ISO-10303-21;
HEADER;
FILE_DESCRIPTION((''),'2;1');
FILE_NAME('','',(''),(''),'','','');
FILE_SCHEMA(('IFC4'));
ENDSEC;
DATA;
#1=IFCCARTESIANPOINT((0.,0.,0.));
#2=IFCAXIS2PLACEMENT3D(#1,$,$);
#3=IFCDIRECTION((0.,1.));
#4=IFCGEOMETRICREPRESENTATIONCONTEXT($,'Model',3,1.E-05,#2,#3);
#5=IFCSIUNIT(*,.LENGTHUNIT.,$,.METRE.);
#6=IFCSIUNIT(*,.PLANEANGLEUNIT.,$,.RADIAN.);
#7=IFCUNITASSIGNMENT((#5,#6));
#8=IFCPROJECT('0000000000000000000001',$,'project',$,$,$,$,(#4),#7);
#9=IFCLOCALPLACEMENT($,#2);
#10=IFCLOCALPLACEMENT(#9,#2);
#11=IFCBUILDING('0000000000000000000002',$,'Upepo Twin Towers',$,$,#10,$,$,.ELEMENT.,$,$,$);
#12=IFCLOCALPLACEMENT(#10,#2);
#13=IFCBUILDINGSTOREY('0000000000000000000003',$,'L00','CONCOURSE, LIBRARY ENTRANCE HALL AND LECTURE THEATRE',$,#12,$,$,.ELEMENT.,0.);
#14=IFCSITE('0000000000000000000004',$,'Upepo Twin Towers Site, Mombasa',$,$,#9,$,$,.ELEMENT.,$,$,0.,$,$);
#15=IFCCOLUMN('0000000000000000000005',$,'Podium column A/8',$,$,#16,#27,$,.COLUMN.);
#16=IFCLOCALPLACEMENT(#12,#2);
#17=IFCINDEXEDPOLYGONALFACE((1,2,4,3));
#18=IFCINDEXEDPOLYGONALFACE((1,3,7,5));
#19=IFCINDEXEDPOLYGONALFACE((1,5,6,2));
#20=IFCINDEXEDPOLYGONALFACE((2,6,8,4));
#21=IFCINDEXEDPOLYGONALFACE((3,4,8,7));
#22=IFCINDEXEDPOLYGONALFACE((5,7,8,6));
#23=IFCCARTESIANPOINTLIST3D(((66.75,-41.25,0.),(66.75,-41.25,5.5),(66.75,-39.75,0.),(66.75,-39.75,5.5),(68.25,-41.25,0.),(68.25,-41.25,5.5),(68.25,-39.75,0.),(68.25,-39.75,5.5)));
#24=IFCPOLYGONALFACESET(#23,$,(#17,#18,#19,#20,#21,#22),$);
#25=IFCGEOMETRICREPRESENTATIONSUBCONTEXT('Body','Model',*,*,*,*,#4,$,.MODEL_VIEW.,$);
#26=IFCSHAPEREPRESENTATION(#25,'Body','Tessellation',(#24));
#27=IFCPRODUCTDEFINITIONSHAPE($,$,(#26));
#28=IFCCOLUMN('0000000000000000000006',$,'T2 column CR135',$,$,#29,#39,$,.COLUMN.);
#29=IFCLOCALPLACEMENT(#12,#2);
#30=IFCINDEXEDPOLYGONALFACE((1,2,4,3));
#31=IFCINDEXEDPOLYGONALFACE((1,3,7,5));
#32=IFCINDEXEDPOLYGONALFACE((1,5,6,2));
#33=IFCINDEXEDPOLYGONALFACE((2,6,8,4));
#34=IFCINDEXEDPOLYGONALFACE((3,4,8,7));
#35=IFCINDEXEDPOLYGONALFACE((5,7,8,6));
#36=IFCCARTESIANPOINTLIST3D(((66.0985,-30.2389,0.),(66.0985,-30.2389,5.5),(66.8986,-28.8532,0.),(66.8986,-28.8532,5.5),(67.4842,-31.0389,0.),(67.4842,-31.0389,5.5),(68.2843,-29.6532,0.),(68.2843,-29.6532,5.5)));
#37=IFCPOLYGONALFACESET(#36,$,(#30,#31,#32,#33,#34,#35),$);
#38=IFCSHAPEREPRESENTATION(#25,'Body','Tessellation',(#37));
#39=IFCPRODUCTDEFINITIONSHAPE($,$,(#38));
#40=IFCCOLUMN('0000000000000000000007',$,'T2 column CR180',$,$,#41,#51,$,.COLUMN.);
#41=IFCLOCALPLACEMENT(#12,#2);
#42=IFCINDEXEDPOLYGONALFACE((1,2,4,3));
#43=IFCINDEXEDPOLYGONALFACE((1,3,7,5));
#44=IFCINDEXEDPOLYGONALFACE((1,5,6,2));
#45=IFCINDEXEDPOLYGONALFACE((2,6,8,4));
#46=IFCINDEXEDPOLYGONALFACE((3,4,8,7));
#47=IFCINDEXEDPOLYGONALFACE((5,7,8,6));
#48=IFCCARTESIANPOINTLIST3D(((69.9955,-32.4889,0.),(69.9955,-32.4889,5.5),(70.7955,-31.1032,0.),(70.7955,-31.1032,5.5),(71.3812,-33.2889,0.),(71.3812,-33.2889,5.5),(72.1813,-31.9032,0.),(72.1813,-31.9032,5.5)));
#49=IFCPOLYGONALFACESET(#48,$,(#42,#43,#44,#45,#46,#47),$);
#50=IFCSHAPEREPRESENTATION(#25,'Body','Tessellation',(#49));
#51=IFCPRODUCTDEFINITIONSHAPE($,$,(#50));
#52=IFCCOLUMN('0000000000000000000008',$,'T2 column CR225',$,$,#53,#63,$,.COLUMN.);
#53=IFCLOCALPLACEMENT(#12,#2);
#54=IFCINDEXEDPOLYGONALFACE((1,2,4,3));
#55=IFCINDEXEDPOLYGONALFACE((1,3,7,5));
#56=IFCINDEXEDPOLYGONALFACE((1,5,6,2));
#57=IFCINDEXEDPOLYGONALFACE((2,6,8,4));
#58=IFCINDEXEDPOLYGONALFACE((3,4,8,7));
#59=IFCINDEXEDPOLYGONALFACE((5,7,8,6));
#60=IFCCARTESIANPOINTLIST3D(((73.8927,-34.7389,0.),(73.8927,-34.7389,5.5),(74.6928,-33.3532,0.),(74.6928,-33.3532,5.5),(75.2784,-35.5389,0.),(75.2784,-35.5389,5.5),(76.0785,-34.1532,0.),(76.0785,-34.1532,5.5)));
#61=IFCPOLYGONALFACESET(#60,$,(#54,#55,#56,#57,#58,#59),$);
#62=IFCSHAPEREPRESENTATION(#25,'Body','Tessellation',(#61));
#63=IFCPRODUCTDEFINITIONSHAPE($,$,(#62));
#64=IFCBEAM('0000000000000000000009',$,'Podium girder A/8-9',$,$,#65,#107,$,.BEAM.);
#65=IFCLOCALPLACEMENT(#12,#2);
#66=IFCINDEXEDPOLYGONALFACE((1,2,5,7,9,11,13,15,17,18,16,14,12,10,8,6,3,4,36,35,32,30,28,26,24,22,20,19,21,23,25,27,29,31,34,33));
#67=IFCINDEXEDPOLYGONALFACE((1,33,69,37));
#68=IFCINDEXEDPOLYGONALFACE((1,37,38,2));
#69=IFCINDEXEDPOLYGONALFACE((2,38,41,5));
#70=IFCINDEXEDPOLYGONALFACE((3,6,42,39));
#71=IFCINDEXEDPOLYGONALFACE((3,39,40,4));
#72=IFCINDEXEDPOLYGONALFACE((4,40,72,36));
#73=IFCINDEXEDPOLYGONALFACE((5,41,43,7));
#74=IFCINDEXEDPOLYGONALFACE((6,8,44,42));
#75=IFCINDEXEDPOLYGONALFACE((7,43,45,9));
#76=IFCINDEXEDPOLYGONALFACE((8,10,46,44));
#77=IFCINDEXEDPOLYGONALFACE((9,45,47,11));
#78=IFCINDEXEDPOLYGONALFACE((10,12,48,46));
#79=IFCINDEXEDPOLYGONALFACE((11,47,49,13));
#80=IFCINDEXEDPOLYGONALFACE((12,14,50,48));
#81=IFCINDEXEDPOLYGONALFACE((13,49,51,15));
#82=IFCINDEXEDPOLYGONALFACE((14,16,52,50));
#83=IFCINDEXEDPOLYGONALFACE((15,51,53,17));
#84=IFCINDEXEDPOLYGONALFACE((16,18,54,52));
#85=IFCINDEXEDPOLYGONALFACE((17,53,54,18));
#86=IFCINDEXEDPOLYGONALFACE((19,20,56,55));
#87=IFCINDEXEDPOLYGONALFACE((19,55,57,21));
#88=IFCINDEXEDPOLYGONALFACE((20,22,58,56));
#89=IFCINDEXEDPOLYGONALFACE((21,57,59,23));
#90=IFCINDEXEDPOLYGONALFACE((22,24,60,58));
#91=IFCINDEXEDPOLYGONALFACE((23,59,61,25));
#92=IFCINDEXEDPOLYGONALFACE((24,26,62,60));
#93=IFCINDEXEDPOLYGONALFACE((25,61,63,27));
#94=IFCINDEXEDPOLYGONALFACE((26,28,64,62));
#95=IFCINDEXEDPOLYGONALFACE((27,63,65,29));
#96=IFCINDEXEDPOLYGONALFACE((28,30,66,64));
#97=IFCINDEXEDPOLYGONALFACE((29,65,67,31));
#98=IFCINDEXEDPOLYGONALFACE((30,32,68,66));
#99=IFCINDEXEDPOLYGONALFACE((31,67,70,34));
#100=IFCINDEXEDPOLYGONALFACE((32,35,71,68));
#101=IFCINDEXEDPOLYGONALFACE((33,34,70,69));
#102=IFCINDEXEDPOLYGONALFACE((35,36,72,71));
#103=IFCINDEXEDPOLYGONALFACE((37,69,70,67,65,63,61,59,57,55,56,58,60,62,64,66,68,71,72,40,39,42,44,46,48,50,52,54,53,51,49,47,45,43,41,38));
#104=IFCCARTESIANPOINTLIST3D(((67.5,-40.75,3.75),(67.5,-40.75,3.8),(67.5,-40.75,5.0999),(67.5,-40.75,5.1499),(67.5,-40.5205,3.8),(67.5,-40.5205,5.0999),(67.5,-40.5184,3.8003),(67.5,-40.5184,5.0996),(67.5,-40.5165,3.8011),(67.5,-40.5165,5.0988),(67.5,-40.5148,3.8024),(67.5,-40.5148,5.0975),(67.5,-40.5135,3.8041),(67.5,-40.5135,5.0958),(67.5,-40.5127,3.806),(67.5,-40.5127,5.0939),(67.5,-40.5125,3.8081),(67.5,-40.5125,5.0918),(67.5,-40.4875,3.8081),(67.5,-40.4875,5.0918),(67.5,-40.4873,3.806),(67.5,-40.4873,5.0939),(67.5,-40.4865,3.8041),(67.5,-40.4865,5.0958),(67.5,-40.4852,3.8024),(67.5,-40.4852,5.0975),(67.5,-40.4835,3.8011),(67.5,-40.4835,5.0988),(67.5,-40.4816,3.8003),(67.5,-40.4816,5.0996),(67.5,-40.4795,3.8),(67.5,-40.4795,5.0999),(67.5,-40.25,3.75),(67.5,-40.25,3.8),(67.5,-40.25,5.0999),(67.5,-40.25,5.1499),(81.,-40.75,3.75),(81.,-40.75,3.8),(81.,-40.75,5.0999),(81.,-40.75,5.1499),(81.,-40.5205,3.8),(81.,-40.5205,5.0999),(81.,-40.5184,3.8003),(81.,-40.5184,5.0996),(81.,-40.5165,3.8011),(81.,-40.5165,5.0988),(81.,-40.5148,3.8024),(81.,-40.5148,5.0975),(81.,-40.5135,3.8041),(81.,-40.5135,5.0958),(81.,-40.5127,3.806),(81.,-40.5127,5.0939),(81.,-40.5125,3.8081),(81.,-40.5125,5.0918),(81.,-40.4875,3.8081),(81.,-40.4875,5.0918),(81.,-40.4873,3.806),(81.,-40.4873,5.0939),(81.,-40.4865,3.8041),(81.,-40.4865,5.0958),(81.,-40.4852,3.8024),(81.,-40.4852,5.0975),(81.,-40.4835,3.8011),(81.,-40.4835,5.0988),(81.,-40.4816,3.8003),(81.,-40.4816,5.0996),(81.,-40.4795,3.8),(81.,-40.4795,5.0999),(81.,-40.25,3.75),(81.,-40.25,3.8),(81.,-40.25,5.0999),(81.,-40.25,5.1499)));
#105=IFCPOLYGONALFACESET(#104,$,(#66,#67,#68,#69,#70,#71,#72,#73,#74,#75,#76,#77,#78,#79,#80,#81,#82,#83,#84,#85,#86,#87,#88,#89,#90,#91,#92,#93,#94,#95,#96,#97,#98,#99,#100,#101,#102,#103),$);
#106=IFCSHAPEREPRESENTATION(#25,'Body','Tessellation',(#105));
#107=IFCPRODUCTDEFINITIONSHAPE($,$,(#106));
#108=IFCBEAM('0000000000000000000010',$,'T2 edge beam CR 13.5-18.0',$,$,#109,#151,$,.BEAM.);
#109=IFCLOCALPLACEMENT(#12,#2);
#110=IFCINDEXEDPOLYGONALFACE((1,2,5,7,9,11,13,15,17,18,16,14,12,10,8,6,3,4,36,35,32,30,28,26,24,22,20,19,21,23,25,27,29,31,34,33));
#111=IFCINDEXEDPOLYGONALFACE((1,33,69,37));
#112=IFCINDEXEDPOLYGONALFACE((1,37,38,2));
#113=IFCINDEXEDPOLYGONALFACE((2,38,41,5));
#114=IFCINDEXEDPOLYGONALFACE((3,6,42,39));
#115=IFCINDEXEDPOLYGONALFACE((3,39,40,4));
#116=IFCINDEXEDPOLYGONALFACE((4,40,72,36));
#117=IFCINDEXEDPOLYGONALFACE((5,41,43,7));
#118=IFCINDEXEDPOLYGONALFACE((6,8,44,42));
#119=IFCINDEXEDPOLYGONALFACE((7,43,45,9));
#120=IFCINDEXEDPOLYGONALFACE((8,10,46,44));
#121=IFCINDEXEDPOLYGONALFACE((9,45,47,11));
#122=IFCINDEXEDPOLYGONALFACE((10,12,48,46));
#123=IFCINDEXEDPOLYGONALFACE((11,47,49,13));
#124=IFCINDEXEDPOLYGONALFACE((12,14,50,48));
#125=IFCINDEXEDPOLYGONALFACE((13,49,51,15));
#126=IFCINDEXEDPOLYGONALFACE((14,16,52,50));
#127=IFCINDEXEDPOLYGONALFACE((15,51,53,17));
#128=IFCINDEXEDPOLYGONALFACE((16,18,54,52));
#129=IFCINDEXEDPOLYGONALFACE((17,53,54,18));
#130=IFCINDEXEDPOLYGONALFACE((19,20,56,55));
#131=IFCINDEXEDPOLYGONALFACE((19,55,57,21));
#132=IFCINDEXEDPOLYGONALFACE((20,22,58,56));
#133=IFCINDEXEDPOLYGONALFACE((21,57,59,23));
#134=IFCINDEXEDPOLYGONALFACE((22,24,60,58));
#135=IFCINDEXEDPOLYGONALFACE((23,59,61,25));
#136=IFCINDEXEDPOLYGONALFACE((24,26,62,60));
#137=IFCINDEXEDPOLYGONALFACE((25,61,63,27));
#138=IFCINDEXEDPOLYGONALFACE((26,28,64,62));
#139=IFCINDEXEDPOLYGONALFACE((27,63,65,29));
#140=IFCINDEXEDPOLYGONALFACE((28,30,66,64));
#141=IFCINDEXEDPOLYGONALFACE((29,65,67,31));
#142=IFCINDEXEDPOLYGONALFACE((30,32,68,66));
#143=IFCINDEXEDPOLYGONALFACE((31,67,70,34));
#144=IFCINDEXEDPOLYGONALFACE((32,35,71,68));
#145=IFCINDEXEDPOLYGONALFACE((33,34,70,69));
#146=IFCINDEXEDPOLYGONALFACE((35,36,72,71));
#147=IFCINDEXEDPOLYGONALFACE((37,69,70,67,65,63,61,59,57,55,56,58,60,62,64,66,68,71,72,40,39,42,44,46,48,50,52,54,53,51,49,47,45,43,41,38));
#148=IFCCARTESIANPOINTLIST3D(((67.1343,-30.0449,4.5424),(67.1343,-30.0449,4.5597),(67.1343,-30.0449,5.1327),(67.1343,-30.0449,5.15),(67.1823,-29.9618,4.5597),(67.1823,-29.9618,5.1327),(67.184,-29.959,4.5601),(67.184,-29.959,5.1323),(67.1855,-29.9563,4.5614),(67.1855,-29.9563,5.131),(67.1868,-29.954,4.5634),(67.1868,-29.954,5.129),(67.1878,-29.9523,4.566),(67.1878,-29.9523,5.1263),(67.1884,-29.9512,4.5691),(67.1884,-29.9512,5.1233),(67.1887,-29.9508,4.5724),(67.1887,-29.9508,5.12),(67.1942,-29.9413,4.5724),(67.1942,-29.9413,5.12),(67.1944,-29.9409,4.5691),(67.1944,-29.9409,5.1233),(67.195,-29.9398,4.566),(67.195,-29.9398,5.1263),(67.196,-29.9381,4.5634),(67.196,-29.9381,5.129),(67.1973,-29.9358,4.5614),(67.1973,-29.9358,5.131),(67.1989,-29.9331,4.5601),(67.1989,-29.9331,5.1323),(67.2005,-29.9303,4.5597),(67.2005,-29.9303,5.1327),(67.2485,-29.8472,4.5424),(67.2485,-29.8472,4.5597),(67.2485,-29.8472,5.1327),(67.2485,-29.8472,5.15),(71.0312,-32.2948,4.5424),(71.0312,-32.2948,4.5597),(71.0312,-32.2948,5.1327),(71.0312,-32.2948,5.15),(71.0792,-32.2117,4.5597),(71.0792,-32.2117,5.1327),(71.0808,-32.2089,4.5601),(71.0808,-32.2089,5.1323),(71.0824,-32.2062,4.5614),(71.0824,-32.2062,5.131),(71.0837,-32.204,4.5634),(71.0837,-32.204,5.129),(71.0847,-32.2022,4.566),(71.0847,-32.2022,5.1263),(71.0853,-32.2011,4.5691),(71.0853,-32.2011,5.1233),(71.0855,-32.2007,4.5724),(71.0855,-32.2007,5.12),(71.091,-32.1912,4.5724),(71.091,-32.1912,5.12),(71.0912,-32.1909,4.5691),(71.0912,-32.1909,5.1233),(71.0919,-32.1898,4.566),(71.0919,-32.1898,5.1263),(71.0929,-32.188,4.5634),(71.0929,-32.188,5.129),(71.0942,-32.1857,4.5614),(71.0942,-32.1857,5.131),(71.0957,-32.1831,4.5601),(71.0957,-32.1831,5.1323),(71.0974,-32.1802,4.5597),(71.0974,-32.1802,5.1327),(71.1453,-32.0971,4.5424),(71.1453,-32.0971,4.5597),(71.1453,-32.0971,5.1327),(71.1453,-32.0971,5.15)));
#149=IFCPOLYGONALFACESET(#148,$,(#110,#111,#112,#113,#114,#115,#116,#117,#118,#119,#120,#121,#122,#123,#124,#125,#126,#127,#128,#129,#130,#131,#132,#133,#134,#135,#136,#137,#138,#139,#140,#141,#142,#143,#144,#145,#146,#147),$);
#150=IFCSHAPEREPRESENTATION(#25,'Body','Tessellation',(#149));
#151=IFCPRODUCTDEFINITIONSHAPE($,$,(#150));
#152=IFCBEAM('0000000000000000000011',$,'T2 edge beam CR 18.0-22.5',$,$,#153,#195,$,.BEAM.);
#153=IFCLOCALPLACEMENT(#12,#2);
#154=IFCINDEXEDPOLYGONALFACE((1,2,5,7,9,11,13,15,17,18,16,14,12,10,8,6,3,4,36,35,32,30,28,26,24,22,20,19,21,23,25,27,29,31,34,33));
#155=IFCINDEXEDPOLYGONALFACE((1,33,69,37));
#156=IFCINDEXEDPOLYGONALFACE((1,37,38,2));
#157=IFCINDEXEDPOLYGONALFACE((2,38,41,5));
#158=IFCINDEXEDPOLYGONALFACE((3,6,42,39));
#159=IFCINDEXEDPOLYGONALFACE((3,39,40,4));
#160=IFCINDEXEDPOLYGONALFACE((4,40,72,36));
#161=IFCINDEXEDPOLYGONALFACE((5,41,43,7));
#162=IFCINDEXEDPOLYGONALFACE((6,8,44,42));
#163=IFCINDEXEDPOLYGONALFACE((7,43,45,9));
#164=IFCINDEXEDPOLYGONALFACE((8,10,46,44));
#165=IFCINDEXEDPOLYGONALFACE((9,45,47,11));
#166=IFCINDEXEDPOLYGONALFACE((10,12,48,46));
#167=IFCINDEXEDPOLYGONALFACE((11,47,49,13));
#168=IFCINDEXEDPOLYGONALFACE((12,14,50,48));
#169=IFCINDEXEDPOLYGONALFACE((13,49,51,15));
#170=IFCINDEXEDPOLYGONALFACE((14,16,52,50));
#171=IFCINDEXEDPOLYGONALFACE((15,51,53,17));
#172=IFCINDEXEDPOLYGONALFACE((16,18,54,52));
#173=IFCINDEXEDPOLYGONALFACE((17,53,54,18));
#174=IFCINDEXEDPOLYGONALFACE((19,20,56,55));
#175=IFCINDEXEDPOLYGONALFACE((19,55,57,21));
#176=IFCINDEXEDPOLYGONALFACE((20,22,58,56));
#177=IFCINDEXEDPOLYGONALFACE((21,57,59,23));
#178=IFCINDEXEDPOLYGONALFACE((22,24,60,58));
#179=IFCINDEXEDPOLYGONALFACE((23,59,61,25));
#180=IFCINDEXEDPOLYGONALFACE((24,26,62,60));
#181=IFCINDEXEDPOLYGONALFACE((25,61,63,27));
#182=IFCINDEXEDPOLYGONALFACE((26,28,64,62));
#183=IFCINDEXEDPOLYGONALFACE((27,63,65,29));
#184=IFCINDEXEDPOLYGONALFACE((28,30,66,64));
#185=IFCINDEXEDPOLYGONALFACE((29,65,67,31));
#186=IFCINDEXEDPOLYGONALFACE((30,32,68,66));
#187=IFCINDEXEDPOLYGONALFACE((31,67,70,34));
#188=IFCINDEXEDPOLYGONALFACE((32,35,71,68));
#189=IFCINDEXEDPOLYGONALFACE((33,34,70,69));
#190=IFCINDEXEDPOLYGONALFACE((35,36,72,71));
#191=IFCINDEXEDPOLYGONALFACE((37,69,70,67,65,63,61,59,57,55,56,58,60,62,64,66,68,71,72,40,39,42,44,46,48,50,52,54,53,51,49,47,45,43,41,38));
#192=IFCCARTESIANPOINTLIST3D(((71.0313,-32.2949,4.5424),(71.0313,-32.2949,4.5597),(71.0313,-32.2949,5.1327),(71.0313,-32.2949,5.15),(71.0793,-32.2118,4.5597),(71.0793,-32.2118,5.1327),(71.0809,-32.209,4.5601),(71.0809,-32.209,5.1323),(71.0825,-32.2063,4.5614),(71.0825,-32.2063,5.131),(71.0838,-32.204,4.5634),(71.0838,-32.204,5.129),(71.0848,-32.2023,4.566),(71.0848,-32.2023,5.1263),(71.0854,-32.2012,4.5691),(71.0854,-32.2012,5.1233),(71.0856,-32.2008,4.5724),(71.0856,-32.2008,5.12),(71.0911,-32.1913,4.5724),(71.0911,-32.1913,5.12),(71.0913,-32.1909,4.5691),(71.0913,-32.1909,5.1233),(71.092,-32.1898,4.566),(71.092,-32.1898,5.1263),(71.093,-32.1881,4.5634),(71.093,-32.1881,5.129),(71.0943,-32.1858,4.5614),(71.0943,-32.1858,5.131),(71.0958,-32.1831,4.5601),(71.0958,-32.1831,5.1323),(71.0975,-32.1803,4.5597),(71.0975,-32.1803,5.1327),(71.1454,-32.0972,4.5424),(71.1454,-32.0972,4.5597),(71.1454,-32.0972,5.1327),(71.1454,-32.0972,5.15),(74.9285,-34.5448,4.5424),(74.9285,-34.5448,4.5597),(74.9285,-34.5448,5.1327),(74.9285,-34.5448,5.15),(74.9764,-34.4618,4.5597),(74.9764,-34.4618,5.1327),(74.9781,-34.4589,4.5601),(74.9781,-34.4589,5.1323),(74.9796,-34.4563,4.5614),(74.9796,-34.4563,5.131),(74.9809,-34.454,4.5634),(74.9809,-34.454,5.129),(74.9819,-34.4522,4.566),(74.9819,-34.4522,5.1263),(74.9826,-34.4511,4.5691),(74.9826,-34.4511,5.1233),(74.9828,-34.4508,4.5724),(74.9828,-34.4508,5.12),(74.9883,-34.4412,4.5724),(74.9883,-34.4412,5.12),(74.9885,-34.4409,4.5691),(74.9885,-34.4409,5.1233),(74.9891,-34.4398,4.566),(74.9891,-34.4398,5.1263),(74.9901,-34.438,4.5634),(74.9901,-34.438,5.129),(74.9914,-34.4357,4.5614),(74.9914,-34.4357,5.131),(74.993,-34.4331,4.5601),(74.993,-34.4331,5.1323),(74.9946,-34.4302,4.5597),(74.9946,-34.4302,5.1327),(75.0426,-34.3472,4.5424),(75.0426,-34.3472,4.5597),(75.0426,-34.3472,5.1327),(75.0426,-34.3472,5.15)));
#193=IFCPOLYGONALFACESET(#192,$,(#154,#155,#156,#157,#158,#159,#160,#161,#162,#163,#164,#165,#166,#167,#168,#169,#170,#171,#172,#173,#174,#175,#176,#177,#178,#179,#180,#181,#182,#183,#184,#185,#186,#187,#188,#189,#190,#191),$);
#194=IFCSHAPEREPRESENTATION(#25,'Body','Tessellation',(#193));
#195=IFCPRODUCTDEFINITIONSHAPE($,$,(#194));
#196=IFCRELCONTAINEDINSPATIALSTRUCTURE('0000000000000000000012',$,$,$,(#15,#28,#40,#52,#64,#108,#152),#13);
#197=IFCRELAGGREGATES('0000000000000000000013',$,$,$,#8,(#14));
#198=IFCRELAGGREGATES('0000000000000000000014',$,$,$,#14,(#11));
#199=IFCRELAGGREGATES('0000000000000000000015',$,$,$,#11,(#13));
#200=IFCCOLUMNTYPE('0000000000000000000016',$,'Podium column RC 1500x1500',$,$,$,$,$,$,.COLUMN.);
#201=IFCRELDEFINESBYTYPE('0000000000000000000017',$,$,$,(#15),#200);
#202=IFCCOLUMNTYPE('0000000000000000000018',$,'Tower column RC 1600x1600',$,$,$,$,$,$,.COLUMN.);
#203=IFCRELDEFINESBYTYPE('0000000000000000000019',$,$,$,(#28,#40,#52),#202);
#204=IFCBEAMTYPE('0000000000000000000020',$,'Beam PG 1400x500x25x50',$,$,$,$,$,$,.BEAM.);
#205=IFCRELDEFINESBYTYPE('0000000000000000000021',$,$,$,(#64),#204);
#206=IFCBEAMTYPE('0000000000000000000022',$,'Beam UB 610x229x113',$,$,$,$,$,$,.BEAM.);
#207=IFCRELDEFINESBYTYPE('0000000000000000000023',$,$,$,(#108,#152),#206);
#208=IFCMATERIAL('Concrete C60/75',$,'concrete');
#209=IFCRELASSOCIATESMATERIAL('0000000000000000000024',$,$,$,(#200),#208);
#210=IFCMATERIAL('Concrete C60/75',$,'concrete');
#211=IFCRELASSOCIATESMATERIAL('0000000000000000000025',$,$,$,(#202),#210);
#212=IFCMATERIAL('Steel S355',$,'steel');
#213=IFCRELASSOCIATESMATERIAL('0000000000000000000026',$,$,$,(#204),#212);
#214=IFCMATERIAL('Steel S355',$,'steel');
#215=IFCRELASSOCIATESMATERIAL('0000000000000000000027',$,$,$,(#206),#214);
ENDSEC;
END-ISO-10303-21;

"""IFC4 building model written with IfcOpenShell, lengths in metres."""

from ifc_helpers import new_model, si_unit, direction, frame, origin, origin_2d, place, context, subcontext, project, spatial, rectangle, i_section, extrude, material, material_profile, profile_set, type_object, element, save


model = new_model("IFC4")

# Units and contexts
model_context = context("Model", 3, precision=1e-05, world=origin(), true_north=direction((0.0, 1.0)))
body_context = subcontext(model_context, "Body", "Model", "MODEL_VIEW")
ifc_project = project(units=[si_unit("LENGTHUNIT", "METRE"), si_unit("PLANEANGLEUNIT", "RADIAN")], contexts=[model_context])

# Site, building, storey
site_placement = place(None, origin())
site = spatial("IfcSite", under=ifc_project, at=site_placement, Name="Upepo Twin Towers Site, Mombasa", CompositionType="ELEMENT", RefElevation=0.0)
building_placement = place(site_placement, origin())
building = spatial("IfcBuilding", under=site, at=building_placement, Name="Upepo Twin Towers", CompositionType="ELEMENT")
storey_placement = place(building_placement, origin())
storey = spatial("IfcBuildingStorey", under=building, at=storey_placement, Name="L00", Description="CONCOURSE, LIBRARY ENTRANCE HALL AND LECTURE THEATRE", CompositionType="ELEMENT", Elevation=0.0)

# Columns
ifc_material_1 = material(Name="Concrete C60/75", Category="concrete")
ifc_material_profile_1 = material_profile(ifc_material_1, rectangle(XDim=1.5, YDim=1.5, at=origin_2d()), Name="RC 1500x1500")
ifc_profile_set_1 = profile_set([ifc_material_profile_1], Name="Concrete C60/75")
column_type_1 = type_object("IfcColumnType", Name="Podium column RC 1500x1500", PredefinedType="COLUMN", material=ifc_profile_set_1)
column_placement = place(storey_placement, frame((67.5, -40.5, 0.0), z_axis=(0.0, 0.0, 1.0), x_axis=(1.0, 0.0, 0.0)))
element("IfcColumn", 1, at=column_placement, inside=storey, type_object=column_type_1, Name="Podium column A/8", PredefinedType="COLUMN", context=body_context, shape_type="SweptSolid", body=[
    extrude(rectangle(XDim=1.5, YDim=1.5, at=origin_2d()), origin(), (0.0, 0.0, 1.0), 5.5),
])
ifc_material_2 = material(Name="Concrete C60/75", Category="concrete")
ifc_material_profile_2 = material_profile(ifc_material_2, rectangle(XDim=1.6001, YDim=1.6001, at=origin_2d()), Name="RC 1600x1600")
ifc_profile_set_2 = profile_set([ifc_material_profile_2], Name="Concrete C60/75")
column_type_2 = type_object("IfcColumnType", Name="Tower column RC 1600x1600", PredefinedType="COLUMN", material=ifc_profile_set_2)
for number, where, z_axis, x_axis, name in (
    (2, (67.1914, -29.946, 0.0), (0.0, 0.0, 1.0), (0.5, 0.866025, 0.0), "T2 column CR135"),
    (3, (71.0884, -32.196, 0.0), (0.0, 0.0, 1.0), (0.5, 0.866025, 0.0), "T2 column CR180"),
    (4, (74.9856, -34.446, 0.0), (0.0, 0.0, 1.0), (0.5, 0.866025, 0.0), "T2 column CR225"),
):
    element("IfcColumn", number, at=place(storey_placement, frame(where, z_axis=z_axis, x_axis=x_axis)), inside=storey, type_object=column_type_2, Name=name, PredefinedType="COLUMN", context=body_context, shape_type="SweptSolid", body=[
        extrude(rectangle(XDim=1.6001, YDim=1.6001, at=origin_2d()), origin(), (0.0, 0.0, 1.0), 5.5),
    ])

# Beams
ifc_material_3 = material(Name="Steel S355", Category="steel")
ifc_material_profile_3 = material_profile(ifc_material_3, i_section(OverallWidth=0.5, OverallDepth=1.3999, WebThickness=0.0249, FlangeThickness=0.05, FilletRadius=0.0081, at=origin_2d()), Name="PG 1400x500x25x50")
ifc_profile_set_3 = profile_set([ifc_material_profile_3], Name="Steel S355")
beam_type_1 = type_object("IfcBeamType", Name="Beam PG 1400x500x25x50", PredefinedType="BEAM", material=ifc_profile_set_3)
beam_1_placement = place(storey_placement, frame((67.5, -40.5, 4.45), z_axis=(1.0, 0.0, 0.0), x_axis=(0.0, 1.0, 0.0)))
element("IfcBeam", 5, at=beam_1_placement, inside=storey, type_object=beam_type_1, Name="Podium girder A/8-9", PredefinedType="BEAM", context=body_context, shape_type="SweptSolid", body=[
    extrude(i_section(OverallWidth=0.5, OverallDepth=1.3999, WebThickness=0.0249, FlangeThickness=0.05, FilletRadius=0.0081, at=origin_2d()), origin(), (0.0, 0.0, 1.0), 13.5),
])
ifc_material_4 = material(Name="Steel S355", Category="steel")
ifc_material_profile_4 = material_profile(ifc_material_4, i_section(OverallWidth=0.2283, OverallDepth=0.6077, WebThickness=0.011, FlangeThickness=0.0173, FilletRadius=0.0127, at=origin_2d()), Name="UB 610x229x113")
ifc_profile_set_4 = profile_set([ifc_material_profile_4], Name="Steel S355")
beam_type_2 = type_object("IfcBeamType", Name="Beam UB 610x229x113", PredefinedType="BEAM", material=ifc_profile_set_4)
beam_2_placement = place(storey_placement, frame((67.1914, -29.946, 4.8462), z_axis=(0.866018, -0.500014, 0.0), x_axis=(0.500014, 0.866018, 0.0)))
element("IfcBeam", 6, at=beam_2_placement, inside=storey, type_object=beam_type_2, Name="T2 edge beam CR 13.5-18.0", PredefinedType="BEAM", context=body_context, shape_type="SweptSolid", body=[
    extrude(i_section(OverallWidth=0.2283, OverallDepth=0.6077, WebThickness=0.011, FlangeThickness=0.0173, FilletRadius=0.0127, at=origin_2d()), origin(), (0.0, 0.0, 1.0), 4.4998),
])
beam_3_placement = place(storey_placement, frame((71.0884, -32.196, 4.8462), z_axis=(0.866031, -0.49999, 0.0), x_axis=(0.49999, 0.866031, 0.0)))
element("IfcBeam", 7, at=beam_3_placement, inside=storey, type_object=beam_type_2, Name="T2 edge beam CR 18.0-22.5", PredefinedType="BEAM", context=body_context, shape_type="SweptSolid", body=[
    extrude(i_section(OverallWidth=0.2283, OverallDepth=0.6077, WebThickness=0.011, FlangeThickness=0.0173, FilletRadius=0.0127, at=origin_2d()), origin(), (0.0, 0.0, 1.0), 4.5),
])

save(model, "model.ifc")
